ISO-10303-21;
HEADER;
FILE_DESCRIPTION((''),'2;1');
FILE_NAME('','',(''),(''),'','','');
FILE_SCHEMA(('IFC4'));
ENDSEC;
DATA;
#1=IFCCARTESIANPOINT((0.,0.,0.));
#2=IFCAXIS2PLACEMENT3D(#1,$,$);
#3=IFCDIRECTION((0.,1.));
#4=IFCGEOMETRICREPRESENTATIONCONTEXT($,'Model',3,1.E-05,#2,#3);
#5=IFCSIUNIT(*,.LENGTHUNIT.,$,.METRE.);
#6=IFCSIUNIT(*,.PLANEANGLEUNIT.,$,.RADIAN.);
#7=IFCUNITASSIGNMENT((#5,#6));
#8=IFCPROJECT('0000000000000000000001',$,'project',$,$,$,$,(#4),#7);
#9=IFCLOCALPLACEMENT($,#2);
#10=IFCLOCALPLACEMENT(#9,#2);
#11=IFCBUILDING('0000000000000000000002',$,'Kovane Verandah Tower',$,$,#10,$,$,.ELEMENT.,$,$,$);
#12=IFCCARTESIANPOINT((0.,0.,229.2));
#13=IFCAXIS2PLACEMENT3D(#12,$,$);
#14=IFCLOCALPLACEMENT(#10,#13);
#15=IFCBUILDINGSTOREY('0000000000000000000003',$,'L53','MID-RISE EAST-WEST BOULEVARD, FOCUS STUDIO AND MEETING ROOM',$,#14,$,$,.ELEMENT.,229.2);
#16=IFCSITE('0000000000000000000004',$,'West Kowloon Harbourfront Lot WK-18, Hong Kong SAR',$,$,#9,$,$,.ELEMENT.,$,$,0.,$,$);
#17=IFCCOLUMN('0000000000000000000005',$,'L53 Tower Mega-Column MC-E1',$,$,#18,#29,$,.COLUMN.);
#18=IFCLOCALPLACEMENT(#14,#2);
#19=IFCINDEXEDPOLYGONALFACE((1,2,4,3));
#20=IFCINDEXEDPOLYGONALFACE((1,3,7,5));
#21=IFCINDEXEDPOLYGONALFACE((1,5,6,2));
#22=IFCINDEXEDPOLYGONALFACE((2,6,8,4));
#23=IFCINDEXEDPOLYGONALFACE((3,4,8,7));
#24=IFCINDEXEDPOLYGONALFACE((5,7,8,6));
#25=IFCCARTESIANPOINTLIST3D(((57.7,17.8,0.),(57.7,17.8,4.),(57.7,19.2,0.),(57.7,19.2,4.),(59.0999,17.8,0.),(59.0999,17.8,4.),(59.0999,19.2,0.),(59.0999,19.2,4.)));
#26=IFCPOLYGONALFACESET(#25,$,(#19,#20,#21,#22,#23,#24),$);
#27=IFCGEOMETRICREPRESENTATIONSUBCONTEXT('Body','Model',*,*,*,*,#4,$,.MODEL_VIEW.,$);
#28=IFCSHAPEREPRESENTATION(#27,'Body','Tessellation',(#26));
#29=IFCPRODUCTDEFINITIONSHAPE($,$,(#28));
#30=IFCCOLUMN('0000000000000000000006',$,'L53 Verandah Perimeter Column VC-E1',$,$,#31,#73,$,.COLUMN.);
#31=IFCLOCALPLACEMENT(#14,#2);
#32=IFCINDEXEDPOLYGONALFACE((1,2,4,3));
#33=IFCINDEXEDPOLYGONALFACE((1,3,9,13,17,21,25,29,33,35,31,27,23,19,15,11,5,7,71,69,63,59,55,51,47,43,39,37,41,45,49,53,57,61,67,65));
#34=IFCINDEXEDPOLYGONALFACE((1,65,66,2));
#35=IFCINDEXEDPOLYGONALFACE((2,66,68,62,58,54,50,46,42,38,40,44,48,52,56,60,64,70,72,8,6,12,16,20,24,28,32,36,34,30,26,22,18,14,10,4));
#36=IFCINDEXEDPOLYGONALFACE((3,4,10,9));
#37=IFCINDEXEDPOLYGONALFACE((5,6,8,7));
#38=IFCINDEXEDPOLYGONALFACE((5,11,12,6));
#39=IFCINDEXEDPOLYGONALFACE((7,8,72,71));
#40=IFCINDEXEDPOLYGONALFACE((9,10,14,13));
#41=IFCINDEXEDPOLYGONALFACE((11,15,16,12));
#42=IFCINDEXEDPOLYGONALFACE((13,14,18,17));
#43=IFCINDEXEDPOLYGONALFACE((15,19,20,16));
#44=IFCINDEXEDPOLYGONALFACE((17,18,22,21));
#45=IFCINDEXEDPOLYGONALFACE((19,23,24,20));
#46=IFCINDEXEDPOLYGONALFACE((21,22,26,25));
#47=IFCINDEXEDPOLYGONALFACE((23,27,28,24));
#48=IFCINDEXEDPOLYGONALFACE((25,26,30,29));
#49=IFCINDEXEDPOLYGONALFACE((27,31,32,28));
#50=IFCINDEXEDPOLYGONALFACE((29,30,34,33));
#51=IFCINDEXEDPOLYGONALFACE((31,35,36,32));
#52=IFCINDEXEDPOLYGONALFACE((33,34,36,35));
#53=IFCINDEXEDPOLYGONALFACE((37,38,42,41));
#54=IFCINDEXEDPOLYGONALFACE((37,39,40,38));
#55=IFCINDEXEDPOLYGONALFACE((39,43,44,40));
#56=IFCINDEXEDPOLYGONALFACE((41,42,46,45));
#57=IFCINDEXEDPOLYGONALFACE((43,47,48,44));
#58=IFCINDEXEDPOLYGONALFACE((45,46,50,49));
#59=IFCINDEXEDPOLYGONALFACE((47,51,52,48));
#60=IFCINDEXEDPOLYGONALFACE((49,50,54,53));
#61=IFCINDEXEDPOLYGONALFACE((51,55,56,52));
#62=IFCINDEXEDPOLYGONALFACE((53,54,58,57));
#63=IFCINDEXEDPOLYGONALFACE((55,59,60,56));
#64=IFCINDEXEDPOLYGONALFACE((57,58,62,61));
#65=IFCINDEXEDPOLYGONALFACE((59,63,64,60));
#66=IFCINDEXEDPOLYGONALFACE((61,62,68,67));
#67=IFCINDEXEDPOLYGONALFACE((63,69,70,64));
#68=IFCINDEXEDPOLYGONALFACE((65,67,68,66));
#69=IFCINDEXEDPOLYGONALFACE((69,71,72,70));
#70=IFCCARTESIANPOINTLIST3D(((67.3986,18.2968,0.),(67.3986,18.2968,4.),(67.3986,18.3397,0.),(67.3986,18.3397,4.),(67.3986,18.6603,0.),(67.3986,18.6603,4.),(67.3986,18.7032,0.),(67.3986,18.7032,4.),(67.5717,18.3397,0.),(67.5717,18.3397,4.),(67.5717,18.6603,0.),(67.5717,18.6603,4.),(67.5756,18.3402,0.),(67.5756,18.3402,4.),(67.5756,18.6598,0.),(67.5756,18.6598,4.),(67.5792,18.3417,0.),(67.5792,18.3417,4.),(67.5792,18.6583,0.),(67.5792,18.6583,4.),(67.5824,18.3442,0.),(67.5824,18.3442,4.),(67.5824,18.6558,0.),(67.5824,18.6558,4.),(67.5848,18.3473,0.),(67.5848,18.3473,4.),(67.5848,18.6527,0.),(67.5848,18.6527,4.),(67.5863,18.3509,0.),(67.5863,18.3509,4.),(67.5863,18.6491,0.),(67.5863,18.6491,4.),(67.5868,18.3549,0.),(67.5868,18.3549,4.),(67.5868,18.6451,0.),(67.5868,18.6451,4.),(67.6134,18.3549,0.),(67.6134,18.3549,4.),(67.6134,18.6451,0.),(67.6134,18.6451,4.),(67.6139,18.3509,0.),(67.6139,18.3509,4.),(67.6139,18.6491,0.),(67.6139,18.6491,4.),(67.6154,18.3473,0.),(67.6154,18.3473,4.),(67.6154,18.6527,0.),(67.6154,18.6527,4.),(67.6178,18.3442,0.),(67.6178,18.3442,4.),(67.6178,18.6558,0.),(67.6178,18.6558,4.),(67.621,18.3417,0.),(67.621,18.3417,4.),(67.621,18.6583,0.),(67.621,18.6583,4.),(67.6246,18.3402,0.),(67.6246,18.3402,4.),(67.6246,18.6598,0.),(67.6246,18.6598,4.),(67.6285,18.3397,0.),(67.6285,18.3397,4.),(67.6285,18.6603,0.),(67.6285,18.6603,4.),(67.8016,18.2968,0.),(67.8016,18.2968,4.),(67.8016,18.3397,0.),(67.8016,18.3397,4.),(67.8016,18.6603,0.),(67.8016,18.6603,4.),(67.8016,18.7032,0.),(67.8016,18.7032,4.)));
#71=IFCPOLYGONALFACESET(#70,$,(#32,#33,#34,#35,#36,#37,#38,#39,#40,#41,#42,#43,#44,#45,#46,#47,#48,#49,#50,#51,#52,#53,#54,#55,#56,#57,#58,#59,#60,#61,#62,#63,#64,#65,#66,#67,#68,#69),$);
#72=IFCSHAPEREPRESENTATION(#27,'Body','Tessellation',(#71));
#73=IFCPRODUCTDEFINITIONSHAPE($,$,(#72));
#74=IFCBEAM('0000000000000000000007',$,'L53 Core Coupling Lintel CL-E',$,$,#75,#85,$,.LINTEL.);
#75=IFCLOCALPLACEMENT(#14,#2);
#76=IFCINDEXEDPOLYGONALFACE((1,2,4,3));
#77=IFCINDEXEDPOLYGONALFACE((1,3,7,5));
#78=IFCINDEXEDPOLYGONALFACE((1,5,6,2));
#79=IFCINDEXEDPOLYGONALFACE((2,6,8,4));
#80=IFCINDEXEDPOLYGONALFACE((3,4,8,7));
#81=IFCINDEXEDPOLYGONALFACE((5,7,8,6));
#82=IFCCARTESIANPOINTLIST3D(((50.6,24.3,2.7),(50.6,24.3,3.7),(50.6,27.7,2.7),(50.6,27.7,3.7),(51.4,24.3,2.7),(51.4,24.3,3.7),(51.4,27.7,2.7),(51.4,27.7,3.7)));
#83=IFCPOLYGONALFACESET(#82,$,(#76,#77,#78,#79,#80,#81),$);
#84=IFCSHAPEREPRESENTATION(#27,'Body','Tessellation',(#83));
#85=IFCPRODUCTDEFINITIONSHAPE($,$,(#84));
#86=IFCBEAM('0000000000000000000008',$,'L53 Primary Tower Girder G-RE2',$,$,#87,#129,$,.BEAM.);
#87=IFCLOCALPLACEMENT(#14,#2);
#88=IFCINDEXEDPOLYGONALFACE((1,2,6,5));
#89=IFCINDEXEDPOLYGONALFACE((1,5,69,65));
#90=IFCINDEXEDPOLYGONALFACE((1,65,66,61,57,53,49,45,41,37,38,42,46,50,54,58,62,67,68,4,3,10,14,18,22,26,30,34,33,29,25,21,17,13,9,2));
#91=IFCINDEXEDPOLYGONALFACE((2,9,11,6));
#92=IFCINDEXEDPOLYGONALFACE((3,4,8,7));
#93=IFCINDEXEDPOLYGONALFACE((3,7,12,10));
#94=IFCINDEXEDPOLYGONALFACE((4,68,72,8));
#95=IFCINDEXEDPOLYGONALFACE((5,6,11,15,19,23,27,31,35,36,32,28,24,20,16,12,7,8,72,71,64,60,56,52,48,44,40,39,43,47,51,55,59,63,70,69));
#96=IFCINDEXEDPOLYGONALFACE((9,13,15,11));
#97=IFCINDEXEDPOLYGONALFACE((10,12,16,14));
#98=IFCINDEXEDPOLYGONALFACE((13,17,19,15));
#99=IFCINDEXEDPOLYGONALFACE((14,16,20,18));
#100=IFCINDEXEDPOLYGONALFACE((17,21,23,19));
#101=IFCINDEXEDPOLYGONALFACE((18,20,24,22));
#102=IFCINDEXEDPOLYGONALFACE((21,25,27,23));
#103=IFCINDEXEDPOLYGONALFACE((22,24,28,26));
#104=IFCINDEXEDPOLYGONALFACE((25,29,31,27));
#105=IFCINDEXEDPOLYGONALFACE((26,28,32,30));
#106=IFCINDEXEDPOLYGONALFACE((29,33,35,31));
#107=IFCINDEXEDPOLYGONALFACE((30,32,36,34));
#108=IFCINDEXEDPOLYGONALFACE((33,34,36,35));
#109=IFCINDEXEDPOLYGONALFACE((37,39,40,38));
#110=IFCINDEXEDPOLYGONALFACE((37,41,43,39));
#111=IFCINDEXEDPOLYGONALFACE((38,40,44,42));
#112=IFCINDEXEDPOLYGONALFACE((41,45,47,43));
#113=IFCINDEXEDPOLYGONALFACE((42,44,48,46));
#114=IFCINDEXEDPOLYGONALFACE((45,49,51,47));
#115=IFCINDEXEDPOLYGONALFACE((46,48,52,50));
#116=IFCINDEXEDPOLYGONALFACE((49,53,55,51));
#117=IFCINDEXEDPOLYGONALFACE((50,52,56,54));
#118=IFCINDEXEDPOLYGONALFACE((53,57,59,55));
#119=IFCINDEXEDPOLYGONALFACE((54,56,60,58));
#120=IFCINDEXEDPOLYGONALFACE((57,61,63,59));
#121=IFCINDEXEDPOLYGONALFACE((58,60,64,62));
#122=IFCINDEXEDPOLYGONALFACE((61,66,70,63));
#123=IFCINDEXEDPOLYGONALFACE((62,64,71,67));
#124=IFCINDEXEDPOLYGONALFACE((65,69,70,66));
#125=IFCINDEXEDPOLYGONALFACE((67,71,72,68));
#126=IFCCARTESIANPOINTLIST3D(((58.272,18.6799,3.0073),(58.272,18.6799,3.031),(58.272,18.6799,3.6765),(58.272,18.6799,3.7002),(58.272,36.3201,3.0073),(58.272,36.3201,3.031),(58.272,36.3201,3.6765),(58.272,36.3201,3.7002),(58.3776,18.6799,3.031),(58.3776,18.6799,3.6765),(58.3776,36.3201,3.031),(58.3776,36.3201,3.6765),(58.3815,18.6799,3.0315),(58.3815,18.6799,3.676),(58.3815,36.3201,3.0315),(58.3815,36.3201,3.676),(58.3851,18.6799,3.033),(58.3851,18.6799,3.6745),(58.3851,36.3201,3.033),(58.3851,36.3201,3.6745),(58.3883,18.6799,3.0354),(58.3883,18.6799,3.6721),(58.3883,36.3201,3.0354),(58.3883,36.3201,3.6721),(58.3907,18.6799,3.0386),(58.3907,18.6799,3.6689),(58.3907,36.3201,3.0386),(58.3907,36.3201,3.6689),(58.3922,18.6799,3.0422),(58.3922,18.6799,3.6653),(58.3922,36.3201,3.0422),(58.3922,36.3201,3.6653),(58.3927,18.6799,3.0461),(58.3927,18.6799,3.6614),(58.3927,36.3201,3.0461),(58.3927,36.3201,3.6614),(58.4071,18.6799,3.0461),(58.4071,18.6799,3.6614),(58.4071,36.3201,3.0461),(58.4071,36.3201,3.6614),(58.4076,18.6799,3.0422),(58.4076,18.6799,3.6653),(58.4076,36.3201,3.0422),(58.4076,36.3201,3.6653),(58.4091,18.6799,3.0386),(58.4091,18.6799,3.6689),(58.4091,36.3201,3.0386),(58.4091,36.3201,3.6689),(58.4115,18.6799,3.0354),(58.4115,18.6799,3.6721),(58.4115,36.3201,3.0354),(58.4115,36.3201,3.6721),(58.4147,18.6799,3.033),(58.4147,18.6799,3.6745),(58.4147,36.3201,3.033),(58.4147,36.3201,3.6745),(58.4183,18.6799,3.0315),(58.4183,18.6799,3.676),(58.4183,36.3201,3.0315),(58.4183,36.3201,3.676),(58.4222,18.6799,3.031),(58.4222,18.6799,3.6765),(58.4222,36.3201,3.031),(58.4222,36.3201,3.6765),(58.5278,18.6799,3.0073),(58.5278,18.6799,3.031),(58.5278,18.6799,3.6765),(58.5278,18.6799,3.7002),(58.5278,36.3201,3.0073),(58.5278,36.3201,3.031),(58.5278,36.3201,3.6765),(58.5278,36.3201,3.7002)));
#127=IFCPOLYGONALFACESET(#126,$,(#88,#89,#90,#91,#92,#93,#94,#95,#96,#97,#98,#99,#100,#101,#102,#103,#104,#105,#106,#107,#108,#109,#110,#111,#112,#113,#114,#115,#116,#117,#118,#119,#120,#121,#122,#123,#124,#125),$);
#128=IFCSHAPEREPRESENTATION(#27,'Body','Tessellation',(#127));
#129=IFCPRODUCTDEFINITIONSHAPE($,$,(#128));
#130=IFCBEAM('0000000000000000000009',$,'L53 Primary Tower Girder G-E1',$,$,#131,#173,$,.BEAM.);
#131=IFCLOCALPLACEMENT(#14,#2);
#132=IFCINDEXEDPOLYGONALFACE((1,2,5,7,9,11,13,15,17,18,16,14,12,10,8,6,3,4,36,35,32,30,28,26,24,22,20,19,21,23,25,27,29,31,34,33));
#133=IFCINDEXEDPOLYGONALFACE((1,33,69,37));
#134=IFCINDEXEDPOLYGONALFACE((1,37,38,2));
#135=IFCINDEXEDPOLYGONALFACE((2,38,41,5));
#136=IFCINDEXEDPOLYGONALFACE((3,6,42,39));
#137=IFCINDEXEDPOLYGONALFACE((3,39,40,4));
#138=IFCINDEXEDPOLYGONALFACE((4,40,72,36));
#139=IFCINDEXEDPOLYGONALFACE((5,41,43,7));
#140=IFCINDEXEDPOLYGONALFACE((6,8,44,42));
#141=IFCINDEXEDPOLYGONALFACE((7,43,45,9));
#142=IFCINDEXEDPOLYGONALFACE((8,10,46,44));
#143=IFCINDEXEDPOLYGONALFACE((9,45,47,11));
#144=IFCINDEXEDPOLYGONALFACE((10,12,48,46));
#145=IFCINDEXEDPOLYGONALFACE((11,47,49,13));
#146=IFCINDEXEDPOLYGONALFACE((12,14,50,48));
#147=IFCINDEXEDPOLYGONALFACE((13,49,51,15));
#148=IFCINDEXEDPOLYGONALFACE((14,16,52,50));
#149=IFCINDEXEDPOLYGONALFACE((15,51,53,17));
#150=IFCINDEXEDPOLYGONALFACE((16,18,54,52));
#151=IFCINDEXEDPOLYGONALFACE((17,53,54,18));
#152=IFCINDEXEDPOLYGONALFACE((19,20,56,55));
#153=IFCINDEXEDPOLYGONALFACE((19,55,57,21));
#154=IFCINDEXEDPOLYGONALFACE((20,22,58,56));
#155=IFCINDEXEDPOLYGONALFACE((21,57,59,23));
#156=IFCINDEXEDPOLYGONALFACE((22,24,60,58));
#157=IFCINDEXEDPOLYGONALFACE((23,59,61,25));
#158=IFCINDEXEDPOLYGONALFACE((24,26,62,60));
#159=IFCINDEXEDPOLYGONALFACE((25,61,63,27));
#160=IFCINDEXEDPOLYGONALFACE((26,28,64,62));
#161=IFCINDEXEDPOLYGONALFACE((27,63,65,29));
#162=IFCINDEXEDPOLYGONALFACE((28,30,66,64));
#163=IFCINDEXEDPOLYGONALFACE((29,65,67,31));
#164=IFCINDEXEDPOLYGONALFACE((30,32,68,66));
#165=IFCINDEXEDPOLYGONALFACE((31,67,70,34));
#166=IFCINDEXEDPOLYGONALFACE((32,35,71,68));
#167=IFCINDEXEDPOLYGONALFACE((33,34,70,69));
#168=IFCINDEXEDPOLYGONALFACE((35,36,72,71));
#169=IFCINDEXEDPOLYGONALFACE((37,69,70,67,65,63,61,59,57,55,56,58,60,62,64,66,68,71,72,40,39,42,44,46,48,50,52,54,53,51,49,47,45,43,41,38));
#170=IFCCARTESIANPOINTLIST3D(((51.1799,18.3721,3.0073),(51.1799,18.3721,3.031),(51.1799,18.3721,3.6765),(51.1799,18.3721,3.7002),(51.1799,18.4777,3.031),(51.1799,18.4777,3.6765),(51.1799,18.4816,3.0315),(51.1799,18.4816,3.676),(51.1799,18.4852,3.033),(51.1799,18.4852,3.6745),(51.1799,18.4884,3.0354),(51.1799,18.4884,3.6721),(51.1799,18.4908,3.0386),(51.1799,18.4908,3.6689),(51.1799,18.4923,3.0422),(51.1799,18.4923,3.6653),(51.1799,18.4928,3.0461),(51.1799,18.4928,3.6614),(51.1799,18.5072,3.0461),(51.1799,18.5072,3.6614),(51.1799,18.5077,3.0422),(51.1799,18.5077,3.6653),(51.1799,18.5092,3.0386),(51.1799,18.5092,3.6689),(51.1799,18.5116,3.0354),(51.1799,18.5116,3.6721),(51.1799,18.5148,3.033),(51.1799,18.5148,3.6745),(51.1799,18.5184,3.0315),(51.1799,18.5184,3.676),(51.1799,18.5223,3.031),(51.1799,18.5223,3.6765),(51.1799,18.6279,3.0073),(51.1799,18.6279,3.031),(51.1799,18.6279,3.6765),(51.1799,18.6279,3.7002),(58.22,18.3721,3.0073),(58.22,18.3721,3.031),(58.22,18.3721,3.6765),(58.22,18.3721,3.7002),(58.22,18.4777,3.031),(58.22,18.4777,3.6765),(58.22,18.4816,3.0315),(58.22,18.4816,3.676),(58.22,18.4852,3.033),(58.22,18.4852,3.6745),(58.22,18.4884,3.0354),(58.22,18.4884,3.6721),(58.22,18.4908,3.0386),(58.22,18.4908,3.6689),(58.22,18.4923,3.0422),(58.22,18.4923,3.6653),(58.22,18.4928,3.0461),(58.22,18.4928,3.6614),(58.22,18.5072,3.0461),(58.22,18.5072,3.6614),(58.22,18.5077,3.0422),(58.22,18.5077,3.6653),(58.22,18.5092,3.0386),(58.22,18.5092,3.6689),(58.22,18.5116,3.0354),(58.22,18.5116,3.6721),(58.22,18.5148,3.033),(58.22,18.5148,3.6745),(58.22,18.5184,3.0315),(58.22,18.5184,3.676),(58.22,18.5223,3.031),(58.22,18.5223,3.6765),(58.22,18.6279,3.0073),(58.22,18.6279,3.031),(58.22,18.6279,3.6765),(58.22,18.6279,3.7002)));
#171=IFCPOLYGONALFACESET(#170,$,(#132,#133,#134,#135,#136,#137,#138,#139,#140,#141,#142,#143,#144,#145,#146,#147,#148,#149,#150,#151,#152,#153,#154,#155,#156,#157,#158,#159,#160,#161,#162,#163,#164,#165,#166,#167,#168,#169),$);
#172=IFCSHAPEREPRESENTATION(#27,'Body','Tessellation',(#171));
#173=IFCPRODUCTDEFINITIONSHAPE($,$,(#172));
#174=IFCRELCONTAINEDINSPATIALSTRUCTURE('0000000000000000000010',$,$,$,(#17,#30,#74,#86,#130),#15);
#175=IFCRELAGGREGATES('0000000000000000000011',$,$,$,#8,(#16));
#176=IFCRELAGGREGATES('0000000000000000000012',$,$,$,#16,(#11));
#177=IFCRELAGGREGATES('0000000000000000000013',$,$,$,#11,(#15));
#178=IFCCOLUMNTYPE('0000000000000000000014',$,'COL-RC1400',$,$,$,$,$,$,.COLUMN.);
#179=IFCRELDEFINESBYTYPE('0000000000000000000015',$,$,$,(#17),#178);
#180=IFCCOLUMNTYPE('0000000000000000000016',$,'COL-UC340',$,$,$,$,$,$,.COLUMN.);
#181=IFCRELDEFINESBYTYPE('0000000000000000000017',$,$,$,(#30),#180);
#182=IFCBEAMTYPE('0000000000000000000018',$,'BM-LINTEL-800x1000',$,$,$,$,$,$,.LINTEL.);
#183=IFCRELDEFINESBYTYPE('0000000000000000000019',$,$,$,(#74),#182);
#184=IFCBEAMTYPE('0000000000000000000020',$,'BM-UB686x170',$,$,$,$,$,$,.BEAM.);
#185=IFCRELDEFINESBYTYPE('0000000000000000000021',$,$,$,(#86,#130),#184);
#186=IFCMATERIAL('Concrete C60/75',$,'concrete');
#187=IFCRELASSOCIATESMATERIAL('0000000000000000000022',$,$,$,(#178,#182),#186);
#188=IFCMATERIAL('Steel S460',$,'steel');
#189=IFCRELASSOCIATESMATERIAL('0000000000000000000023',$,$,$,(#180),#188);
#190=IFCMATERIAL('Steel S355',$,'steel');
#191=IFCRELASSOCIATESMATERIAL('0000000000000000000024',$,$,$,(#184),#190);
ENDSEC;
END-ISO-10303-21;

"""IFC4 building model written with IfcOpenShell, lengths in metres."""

from ifc_helpers import new_model, si_unit, direction, frame, origin, origin_2d, place, context, subcontext, project, spatial, rectangle, i_section, extrude, material, material_profile, profile_set, type_object, element, save


model = new_model("IFC4")

# Units and contexts
model_context = context("Model", 3, precision=1e-05, world=origin(), true_north=direction((0.0, 1.0)))
body_context = subcontext(model_context, "Body", "Model", "MODEL_VIEW")
ifc_project = project(units=[si_unit("LENGTHUNIT", "METRE"), si_unit("PLANEANGLEUNIT", "RADIAN")], contexts=[model_context])

# Site, building, storey
site_placement = place(None, origin())
site = spatial("IfcSite", under=ifc_project, at=site_placement, Name="West Kowloon Harbourfront Lot WK-18, Hong Kong SAR", CompositionType="ELEMENT", RefElevation=0.0)
building_placement = place(site_placement, origin())
building = spatial("IfcBuilding", under=site, at=building_placement, Name="Kovane Verandah Tower", CompositionType="ELEMENT")
storey_placement = place(building_placement, frame((0.0, 0.0, 229.2)))
storey = spatial("IfcBuildingStorey", under=building, at=storey_placement, Name="L53", Description="MID-RISE EAST-WEST BOULEVARD, FOCUS STUDIO AND MEETING ROOM", CompositionType="ELEMENT", Elevation=229.2)

# Columns
ifc_material_1 = material(Name="Concrete C60/75", Category="concrete")
ifc_material_profile_1 = material_profile(ifc_material_1, rectangle(XDim=1.3999, YDim=1.3999, at=origin_2d()), Name="RC1400x1400")
ifc_profile_set_1 = profile_set([ifc_material_profile_1], Name="Concrete C60/75")
column_type_1 = type_object("IfcColumnType", Name="COL-RC1400", PredefinedType="COLUMN", material=ifc_profile_set_1)
column_1_placement = place(storey_placement, frame((58.3999, 18.5, 0.0), z_axis=(0.0, 0.0, 1.0), x_axis=(1.0, 0.0, 0.0)))
element("IfcColumn", 1, at=column_1_placement, inside=storey, type_object=column_type_1, Name="L53 Tower Mega-Column MC-E1", PredefinedType="COLUMN", context=body_context, shape_type="SweptSolid", body=[
    extrude(rectangle(XDim=1.3999, YDim=1.3999, at=origin_2d()), origin(), (0.0, 0.0, 1.0), 4.0),
])
ifc_material_2 = material(Name="Steel S460", Category="steel")
ifc_material_profile_2 = material_profile(ifc_material_2, i_section(OverallWidth=0.4031, OverallDepth=0.4065, WebThickness=0.0266, FlangeThickness=0.043, FilletRadius=0.0151, at=origin_2d()), Name="UC356x406x340")
ifc_profile_set_2 = profile_set([ifc_material_profile_2], Name="Steel S460")
column_type_2 = type_object("IfcColumnType", Name="COL-UC340", PredefinedType="COLUMN", material=ifc_profile_set_2)
column_2_placement = place(storey_placement, frame((67.6001, 18.5, 0.0), z_axis=(0.0, 0.0, 1.0), x_axis=(1.0, 0.0, 0.0)))
element("IfcColumn", 2, at=column_2_placement, inside=storey, type_object=column_type_2, Name="L53 Verandah Perimeter Column VC-E1", PredefinedType="COLUMN", context=body_context, shape_type="SweptSolid", body=[
    extrude(i_section(OverallWidth=0.4031, OverallDepth=0.4065, WebThickness=0.0266, FlangeThickness=0.043, FilletRadius=0.0151, at=origin_2d()), origin(), (0.0, 0.0, 1.0), 4.0),
])

# Beams
ifc_material_profile_3 = material_profile(ifc_material_1, rectangle(XDim=0.8, YDim=1.0, at=origin_2d()), Name="RCB800x1000")
ifc_profile_set_3 = profile_set([ifc_material_profile_3], Name="Concrete C60/75")
beam_type_1 = type_object("IfcBeamType", Name="BM-LINTEL-800x1000", PredefinedType="LINTEL", material=ifc_profile_set_3)
beam_1_placement = place(storey_placement, frame((51.0, 24.3, 3.2), z_axis=(0.0, 1.0, 0.0), x_axis=(-1.0, 0.0, 0.0)))
element("IfcBeam", 3, at=beam_1_placement, inside=storey, type_object=beam_type_1, Name="L53 Core Coupling Lintel CL-E", PredefinedType="LINTEL", context=body_context, shape_type="SweptSolid", body=[
    extrude(rectangle(XDim=0.8, YDim=1.0, at=origin_2d()), origin(), (0.0, 0.0, 1.0), 3.3999),
])
ifc_material_3 = material(Name="Steel S355", Category="steel")
ifc_material_profile_4 = material_profile(ifc_material_3, i_section(OverallWidth=0.2559, OverallDepth=0.6929, WebThickness=0.0144, FlangeThickness=0.0237, FilletRadius=0.0151, at=origin_2d()), Name="UB686x254x170")
ifc_profile_set_4 = profile_set([ifc_material_profile_4], Name="Steel S355")
beam_type_2 = type_object("IfcBeamType", Name="BM-UB686x170", PredefinedType="BEAM", material=ifc_profile_set_4)
beam_2_placement = place(storey_placement, frame((58.3999, 18.6799, 3.3538), z_axis=(0.0, 1.0, 0.0), x_axis=(-1.0, 0.0, 0.0)))
element("IfcBeam", 4, at=beam_2_placement, inside=storey, type_object=beam_type_2, Name="L53 Primary Tower Girder G-RE2", PredefinedType="BEAM", context=body_context, shape_type="SweptSolid", body=[
    extrude(i_section(OverallWidth=0.2559, OverallDepth=0.6929, WebThickness=0.0144, FlangeThickness=0.0237, FilletRadius=0.0151, at=origin_2d()), origin(), (0.0, 0.0, 1.0), 17.6401),
])
beam_3_placement = place(storey_placement, frame((51.1799, 18.5, 3.3538), z_axis=(1.0, 0.0, 0.0), x_axis=(0.0, 1.0, 0.0)))
element("IfcBeam", 5, at=beam_3_placement, inside=storey, type_object=beam_type_2, Name="L53 Primary Tower Girder G-E1", PredefinedType="BEAM", context=body_context, shape_type="SweptSolid", body=[
    extrude(i_section(OverallWidth=0.2559, OverallDepth=0.6929, WebThickness=0.0144, FlangeThickness=0.0237, FilletRadius=0.0151, at=origin_2d()), origin(), (0.0, 0.0, 1.0), 7.04),
])

save(model, "model.ifc")
